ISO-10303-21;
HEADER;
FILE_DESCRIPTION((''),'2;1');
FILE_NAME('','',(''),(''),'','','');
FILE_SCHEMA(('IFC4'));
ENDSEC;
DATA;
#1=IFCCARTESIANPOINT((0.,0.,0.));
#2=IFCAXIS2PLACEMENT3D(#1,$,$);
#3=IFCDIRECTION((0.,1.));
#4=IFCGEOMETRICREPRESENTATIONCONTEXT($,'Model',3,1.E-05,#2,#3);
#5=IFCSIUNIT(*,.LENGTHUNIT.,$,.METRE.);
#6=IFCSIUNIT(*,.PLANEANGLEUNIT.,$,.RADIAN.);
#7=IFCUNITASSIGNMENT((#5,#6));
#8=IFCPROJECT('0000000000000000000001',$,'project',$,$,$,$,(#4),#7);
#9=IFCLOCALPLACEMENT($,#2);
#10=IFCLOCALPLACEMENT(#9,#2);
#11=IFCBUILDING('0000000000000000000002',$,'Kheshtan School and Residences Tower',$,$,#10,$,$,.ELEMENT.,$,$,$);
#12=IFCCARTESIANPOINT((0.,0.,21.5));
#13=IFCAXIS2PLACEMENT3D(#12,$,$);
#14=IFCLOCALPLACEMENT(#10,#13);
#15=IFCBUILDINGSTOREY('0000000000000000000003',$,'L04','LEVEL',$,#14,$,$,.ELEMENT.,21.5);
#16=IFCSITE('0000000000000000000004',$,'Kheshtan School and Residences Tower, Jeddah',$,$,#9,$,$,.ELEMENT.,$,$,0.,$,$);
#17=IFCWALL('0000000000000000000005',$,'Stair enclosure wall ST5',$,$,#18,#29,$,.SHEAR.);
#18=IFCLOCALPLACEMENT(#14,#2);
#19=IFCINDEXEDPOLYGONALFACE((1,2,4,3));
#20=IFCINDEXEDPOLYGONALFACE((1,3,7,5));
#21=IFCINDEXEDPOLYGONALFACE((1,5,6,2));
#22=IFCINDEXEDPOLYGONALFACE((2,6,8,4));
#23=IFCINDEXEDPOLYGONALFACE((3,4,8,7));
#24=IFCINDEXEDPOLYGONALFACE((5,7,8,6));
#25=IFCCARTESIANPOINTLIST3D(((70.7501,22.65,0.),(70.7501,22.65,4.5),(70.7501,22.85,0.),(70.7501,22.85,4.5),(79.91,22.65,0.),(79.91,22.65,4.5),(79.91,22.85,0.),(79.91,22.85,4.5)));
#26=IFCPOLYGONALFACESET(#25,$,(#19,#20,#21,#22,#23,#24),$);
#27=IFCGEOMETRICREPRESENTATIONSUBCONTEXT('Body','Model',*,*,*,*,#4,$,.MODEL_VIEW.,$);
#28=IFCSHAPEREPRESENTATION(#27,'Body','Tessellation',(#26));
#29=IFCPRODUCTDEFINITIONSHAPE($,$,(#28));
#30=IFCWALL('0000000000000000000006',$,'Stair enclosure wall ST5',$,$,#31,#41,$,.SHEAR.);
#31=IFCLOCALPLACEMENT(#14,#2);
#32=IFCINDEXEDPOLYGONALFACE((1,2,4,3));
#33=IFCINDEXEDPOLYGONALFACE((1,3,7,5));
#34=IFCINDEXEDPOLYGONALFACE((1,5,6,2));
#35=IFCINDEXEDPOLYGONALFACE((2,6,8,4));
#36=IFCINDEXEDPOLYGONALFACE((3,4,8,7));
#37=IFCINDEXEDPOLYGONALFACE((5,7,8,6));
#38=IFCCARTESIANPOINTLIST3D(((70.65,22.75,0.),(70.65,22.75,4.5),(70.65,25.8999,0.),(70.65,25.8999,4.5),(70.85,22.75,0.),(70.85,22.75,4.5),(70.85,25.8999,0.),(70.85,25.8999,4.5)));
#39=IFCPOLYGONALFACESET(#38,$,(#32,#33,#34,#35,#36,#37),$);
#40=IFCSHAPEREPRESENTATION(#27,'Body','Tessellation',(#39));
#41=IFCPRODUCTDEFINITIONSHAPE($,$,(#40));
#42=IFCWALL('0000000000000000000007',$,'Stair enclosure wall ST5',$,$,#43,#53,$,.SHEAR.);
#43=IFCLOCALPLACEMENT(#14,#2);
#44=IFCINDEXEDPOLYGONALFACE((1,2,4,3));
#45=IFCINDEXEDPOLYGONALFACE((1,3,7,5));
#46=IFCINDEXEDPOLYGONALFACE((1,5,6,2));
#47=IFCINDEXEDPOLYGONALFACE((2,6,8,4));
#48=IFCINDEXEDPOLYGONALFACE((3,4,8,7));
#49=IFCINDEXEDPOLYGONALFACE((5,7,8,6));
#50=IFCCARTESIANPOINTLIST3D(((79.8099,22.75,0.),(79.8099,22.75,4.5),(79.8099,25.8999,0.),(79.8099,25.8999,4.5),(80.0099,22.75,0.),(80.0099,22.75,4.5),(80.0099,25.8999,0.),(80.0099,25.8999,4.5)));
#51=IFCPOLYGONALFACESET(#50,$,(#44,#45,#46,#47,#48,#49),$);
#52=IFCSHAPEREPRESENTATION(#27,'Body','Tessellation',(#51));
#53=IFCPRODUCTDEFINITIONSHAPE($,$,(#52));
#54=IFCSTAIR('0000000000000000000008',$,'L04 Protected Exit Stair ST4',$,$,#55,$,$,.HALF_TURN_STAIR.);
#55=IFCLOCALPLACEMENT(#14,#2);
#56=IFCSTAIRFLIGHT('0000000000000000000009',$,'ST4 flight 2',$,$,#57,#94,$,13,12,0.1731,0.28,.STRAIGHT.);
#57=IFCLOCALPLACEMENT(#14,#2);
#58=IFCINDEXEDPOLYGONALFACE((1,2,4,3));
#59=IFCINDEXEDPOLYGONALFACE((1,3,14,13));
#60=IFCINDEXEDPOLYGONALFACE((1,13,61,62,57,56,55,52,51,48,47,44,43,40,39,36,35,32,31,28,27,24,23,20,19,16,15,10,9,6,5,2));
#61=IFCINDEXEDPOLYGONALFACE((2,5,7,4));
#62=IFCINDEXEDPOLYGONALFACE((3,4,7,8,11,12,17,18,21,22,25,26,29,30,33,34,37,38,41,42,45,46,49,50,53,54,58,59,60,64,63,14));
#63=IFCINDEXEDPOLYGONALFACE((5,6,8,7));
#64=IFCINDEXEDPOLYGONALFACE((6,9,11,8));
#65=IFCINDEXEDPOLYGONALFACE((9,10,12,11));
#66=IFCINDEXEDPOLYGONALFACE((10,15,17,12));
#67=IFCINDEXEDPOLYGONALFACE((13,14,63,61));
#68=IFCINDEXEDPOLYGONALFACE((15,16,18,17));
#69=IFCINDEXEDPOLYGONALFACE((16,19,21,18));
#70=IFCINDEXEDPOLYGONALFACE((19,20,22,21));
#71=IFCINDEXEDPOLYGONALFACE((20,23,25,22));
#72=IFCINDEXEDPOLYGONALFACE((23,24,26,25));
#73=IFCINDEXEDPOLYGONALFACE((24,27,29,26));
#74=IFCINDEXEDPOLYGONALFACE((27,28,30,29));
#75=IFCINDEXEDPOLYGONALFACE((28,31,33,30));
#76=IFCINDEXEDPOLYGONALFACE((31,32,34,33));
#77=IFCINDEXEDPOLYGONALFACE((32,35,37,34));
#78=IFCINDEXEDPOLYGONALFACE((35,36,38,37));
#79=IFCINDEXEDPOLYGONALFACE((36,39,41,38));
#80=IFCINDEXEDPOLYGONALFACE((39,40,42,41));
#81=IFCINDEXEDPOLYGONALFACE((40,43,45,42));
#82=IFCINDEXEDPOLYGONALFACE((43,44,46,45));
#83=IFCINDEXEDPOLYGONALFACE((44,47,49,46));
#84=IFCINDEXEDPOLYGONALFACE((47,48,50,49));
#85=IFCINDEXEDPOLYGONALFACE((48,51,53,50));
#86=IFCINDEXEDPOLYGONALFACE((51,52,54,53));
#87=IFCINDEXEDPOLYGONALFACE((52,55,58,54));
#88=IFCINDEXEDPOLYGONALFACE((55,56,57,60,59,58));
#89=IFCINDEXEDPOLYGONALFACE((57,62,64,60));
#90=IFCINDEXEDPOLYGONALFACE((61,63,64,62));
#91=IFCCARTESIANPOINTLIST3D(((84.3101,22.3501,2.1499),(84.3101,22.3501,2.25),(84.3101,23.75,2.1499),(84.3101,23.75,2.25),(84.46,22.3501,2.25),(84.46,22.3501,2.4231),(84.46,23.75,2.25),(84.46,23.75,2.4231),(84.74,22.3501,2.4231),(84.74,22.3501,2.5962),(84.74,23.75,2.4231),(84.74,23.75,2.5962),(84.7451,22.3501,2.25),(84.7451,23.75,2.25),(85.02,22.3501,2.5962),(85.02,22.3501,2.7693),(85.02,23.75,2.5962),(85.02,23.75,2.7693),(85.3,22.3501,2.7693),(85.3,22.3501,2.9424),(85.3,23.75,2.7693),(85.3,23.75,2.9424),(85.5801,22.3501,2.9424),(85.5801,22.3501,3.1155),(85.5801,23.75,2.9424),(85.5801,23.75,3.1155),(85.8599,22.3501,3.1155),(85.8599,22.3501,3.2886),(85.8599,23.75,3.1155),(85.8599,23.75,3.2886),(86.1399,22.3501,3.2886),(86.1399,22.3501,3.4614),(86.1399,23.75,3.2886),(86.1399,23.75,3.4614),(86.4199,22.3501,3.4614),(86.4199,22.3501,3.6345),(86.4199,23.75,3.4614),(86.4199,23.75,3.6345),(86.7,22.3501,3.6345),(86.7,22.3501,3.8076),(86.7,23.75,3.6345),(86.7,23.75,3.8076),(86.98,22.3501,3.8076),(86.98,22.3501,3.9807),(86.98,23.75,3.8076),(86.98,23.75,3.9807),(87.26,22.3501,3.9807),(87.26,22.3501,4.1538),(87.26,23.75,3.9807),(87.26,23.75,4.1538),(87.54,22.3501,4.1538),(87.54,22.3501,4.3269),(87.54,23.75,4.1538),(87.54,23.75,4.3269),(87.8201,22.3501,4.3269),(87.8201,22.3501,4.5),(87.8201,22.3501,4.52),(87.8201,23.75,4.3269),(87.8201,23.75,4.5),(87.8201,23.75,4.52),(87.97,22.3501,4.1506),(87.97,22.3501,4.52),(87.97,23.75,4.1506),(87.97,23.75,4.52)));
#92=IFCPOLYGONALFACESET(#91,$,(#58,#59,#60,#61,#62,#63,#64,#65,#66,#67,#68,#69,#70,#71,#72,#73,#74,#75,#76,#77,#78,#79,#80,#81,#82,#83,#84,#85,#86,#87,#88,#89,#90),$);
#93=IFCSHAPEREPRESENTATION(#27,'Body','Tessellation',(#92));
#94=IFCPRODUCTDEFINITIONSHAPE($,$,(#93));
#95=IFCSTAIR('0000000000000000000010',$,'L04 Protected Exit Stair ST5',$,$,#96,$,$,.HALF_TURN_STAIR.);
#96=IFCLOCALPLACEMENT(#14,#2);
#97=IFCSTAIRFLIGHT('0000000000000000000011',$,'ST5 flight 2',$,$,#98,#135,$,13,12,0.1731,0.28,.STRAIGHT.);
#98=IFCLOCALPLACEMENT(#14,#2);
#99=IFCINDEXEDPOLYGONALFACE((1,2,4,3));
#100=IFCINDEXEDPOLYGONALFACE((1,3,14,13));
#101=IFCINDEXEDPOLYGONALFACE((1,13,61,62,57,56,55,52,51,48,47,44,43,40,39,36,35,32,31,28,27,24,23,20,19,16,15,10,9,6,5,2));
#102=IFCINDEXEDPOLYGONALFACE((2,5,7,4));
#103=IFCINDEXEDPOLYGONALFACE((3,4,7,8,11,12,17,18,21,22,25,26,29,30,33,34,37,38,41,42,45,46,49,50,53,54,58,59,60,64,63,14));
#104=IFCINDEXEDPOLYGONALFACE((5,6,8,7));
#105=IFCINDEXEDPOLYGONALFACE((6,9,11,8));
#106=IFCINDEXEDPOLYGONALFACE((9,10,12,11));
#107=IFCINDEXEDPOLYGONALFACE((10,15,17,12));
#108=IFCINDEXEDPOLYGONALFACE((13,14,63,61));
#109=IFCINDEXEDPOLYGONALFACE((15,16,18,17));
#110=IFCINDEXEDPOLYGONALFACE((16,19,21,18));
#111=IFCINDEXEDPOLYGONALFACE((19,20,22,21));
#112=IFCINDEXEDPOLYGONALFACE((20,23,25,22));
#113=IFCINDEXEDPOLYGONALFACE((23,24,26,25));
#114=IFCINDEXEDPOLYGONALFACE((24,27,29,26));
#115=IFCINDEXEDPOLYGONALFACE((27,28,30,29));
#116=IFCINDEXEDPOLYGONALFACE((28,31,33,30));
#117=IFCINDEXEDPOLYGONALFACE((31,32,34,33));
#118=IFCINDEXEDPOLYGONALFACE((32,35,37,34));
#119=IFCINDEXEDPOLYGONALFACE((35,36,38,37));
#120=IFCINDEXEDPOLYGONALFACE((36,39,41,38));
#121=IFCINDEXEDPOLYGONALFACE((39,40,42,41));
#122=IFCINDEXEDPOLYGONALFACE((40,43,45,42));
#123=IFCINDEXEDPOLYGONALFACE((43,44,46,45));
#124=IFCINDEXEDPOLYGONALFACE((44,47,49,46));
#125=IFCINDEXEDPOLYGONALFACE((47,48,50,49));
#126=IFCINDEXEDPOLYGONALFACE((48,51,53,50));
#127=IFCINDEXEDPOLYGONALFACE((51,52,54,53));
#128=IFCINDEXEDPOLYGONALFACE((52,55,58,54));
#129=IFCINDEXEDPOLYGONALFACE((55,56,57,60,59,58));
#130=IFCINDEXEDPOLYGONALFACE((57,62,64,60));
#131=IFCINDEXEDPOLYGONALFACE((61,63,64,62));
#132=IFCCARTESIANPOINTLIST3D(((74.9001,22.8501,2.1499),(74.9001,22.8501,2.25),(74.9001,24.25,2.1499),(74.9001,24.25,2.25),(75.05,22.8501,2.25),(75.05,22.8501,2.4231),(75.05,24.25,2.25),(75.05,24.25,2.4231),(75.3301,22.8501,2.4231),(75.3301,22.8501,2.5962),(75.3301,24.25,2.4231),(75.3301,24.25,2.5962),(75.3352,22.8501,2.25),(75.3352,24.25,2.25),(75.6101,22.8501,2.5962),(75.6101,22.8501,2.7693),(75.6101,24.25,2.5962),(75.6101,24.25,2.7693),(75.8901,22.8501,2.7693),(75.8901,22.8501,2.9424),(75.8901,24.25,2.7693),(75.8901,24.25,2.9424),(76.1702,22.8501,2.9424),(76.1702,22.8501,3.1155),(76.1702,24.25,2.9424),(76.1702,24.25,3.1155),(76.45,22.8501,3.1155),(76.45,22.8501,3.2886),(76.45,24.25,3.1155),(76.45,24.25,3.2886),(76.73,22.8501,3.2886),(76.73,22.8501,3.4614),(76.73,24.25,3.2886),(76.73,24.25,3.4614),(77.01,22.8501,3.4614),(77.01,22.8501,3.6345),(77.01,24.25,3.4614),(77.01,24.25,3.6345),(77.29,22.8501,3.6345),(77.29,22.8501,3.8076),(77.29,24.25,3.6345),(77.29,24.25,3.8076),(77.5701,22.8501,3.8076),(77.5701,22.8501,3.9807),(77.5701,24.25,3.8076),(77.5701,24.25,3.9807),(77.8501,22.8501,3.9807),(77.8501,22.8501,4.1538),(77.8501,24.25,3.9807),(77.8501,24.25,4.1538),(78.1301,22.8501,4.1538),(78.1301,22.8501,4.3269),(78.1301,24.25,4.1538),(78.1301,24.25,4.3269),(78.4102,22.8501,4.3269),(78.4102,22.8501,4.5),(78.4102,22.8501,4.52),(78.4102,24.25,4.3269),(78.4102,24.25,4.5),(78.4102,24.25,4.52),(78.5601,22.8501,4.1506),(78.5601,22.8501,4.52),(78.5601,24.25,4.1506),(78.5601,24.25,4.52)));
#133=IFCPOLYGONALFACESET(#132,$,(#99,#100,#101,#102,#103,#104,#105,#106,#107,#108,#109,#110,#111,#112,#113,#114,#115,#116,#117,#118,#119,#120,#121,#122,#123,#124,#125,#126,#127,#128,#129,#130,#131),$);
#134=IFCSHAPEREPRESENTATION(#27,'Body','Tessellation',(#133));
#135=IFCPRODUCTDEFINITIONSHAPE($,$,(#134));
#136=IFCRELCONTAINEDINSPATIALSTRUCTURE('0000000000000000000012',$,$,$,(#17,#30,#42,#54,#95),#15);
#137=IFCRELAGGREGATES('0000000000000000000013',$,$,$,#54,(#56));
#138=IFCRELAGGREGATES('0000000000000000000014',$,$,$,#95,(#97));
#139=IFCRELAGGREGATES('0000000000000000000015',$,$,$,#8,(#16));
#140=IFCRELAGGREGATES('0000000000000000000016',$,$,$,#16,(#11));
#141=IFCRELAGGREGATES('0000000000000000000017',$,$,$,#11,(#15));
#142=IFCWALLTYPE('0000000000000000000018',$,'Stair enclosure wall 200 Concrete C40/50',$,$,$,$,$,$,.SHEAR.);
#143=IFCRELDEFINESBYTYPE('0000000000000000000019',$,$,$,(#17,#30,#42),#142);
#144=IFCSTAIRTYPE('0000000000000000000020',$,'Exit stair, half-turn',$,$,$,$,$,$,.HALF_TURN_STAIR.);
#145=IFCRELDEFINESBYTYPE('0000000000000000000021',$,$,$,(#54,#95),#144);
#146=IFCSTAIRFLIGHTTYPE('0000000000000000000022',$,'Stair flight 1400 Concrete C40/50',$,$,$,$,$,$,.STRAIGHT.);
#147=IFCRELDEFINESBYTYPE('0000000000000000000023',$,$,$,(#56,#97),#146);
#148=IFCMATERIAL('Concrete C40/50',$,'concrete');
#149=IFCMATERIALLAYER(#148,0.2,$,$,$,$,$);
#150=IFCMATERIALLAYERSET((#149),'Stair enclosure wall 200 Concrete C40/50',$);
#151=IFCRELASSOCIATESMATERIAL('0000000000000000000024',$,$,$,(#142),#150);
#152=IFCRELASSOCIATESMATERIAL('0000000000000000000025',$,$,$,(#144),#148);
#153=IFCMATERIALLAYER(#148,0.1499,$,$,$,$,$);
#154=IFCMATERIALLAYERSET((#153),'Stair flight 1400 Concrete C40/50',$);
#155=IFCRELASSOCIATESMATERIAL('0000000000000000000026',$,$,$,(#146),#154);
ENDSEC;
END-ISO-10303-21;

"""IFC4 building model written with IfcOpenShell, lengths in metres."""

from ifc_helpers import new_model, si_unit, direction, frame, frame_2d, origin, place, context, subcontext, project, spatial, polyline, rectangle, outline, extrude, material, layer, layer_set, type_object, element, aggregate, save


model = new_model("IFC4")

# Units and contexts
model_context = context("Model", 3, precision=1e-05, world=origin(), true_north=direction((0.0, 1.0)))
body_context = subcontext(model_context, "Body", "Model", "MODEL_VIEW")
ifc_project = project(units=[si_unit("LENGTHUNIT", "METRE"), si_unit("PLANEANGLEUNIT", "RADIAN")], contexts=[model_context])

# Site, building, storey
site_placement = place(None, origin())
site = spatial("IfcSite", under=ifc_project, at=site_placement, Name="Kheshtan School and Residences Tower, Jeddah", CompositionType="ELEMENT", RefElevation=0.0)
building_placement = place(site_placement, origin())
building = spatial("IfcBuilding", under=site, at=building_placement, Name="Kheshtan School and Residences Tower", CompositionType="ELEMENT")
storey_placement = place(building_placement, frame((0.0, 0.0, 21.5)))
storey = spatial("IfcBuildingStorey", under=building, at=storey_placement, Name="L04", Description="LEVEL", CompositionType="ELEMENT", Elevation=21.5)

# Walls
ifc_material_1 = material(Name="Concrete C40/50", Category="concrete")
ifc_layer_1 = layer(ifc_material_1, 0.2)
ifc_layer_set_1 = layer_set([ifc_layer_1], Name="Stair enclosure wall 200 Concrete C40/50")
wall_type_1 = type_object("IfcWallType", Name="Stair enclosure wall 200 Concrete C40/50", PredefinedType="SHEAR", material=ifc_layer_set_1)
wall_1_placement = place(storey_placement, frame((70.75, 22.75, 0.0), z_axis=(0.0, 0.0, 1.0), x_axis=(1.0, 0.0, 0.0)))
element("IfcWall", 1, at=wall_1_placement, inside=storey, type_object=wall_type_1, Name="Stair enclosure wall ST5", PredefinedType="SHEAR", context=body_context, shape_type="SweptSolid", body=[
    extrude(rectangle(XDim=9.1599, YDim=0.2, at=frame_2d((4.5801, 0.0))), origin(), (0.0, 0.0, 1.0), 4.5),
])
for number, where, z_axis, x_axis, name in (
    (2, (70.75, 22.75, 0.0), (0.0, 0.0, 1.0), (0.0, 1.0, 0.0), "Stair enclosure wall ST5"),
    (3, (79.9099, 22.75, 0.0), (0.0, 0.0, 1.0), (0.0, 1.0, 0.0), "Stair enclosure wall ST5"),
):
    element("IfcWall", number, at=place(storey_placement, frame(where, z_axis=z_axis, x_axis=x_axis)), inside=storey, type_object=wall_type_1, Name=name, PredefinedType="SHEAR", context=body_context, shape_type="SweptSolid", body=[
        extrude(rectangle(XDim=3.1499, YDim=0.2, at=frame_2d((1.575, 0.0))), origin(), (0.0, 0.0, 1.0), 4.5),
    ])

# Stairs, stair flights
stair_type = type_object("IfcStairType", Name="Exit stair, half-turn", PredefinedType="HALF_TURN_STAIR", material=ifc_material_1)
stair_1_placement = place(storey_placement, origin())
stair_1 = element("IfcStair", 4, at=stair_1_placement, inside=storey, type_object=stair_type, Name="L04 Protected Exit Stair ST4", PredefinedType="HALF_TURN_STAIR")
ifc_layer_2 = layer(ifc_material_1, 0.1499)
ifc_layer_set_2 = layer_set([ifc_layer_2], Name="Stair flight 1400 Concrete C40/50")
stair_flight_type = type_object("IfcStairFlightType", Name="Stair flight 1400 Concrete C40/50", PredefinedType="STRAIGHT", material=ifc_layer_set_2)
stair_flight_1_placement = place(storey_placement, frame((84.46, 23.05, 2.25), z_axis=(0.0, 0.0, 1.0), x_axis=(1.0, 0.0, 0.0)))
stair_flight_1 = element("IfcStairFlight", 5, at=stair_flight_1_placement, type_object=stair_flight_type, Name="ST4 flight 2", NumberOfRisers=13, NumberOfTreads=12, PredefinedType="STRAIGHT", RiserHeight=0.1731, TreadLength=0.28, context=body_context, shape_type="SweptSolid", body=[
    extrude(outline(polyline([(-0.1499, -0.1001), (-0.1499, 0.0), (0.0, 0.0), (0.0, 0.1731), (0.28, 0.1731), (0.28, 0.3462), (0.5601, 0.3462), (0.5601, 0.5193), (0.8401, 0.5193), (0.8401, 0.6924), (1.1201, 0.6924), (1.1201, 0.8655), (1.3999, 0.8655), (1.3999, 1.0386), (1.6799, 1.0386), (1.6799, 1.2114), (1.96, 1.2114), (1.96, 1.3845), (2.24, 1.3845), (2.24, 1.5576), (2.52, 1.5576), (2.52, 1.7307), (2.8, 1.7307), (2.8, 1.9038), (3.0801, 1.9038), (3.0801, 2.0769), (3.3601, 2.0769), (3.3601, 2.25), (3.3601, 2.27), (3.51, 2.27), (3.51, 1.9006), (0.2852, 0.0), (-0.1499, -0.1001)])), frame((0.0, 0.7, 0.0), z_axis=(0.0, -1.0, 0.0), x_axis=(1.0, 0.0, 0.0)), (0.0, 0.0, 1.0), 1.3999),
])
aggregate(stair_1, [stair_flight_1])
stair_2_placement = place(storey_placement, origin())
stair_2 = element("IfcStair", 6, at=stair_2_placement, inside=storey, type_object=stair_type, Name="L04 Protected Exit Stair ST5", PredefinedType="HALF_TURN_STAIR")
stair_flight_2_placement = place(storey_placement, frame((75.05, 23.55, 2.25), z_axis=(0.0, 0.0, 1.0), x_axis=(1.0, 0.0, 0.0)))
stair_flight_2 = element("IfcStairFlight", 7, at=stair_flight_2_placement, type_object=stair_flight_type, Name="ST5 flight 2", NumberOfRisers=13, NumberOfTreads=12, PredefinedType="STRAIGHT", RiserHeight=0.1731, TreadLength=0.28, context=body_context, shape_type="SweptSolid", body=[
    extrude(outline(polyline([(-0.1499, -0.1001), (-0.1499, 0.0), (0.0, 0.0), (0.0, 0.1731), (0.28, 0.1731), (0.28, 0.3462), (0.5601, 0.3462), (0.5601, 0.5193), (0.8401, 0.5193), (0.8401, 0.6924), (1.1201, 0.6924), (1.1201, 0.8655), (1.3999, 0.8655), (1.3999, 1.0386), (1.6799, 1.0386), (1.6799, 1.2114), (1.96, 1.2114), (1.96, 1.3845), (2.24, 1.3845), (2.24, 1.5576), (2.52, 1.5576), (2.52, 1.7307), (2.8, 1.7307), (2.8, 1.9038), (3.0801, 1.9038), (3.0801, 2.0769), (3.3601, 2.0769), (3.3601, 2.25), (3.3601, 2.27), (3.51, 2.27), (3.51, 1.9006), (0.2852, 0.0), (-0.1499, -0.1001)])), frame((0.0, 0.7, 0.0), z_axis=(0.0, -1.0, 0.0), x_axis=(1.0, 0.0, 0.0)), (0.0, 0.0, 1.0), 1.3999),
])
aggregate(stair_2, [stair_flight_2])

save(model, "model.ifc")
